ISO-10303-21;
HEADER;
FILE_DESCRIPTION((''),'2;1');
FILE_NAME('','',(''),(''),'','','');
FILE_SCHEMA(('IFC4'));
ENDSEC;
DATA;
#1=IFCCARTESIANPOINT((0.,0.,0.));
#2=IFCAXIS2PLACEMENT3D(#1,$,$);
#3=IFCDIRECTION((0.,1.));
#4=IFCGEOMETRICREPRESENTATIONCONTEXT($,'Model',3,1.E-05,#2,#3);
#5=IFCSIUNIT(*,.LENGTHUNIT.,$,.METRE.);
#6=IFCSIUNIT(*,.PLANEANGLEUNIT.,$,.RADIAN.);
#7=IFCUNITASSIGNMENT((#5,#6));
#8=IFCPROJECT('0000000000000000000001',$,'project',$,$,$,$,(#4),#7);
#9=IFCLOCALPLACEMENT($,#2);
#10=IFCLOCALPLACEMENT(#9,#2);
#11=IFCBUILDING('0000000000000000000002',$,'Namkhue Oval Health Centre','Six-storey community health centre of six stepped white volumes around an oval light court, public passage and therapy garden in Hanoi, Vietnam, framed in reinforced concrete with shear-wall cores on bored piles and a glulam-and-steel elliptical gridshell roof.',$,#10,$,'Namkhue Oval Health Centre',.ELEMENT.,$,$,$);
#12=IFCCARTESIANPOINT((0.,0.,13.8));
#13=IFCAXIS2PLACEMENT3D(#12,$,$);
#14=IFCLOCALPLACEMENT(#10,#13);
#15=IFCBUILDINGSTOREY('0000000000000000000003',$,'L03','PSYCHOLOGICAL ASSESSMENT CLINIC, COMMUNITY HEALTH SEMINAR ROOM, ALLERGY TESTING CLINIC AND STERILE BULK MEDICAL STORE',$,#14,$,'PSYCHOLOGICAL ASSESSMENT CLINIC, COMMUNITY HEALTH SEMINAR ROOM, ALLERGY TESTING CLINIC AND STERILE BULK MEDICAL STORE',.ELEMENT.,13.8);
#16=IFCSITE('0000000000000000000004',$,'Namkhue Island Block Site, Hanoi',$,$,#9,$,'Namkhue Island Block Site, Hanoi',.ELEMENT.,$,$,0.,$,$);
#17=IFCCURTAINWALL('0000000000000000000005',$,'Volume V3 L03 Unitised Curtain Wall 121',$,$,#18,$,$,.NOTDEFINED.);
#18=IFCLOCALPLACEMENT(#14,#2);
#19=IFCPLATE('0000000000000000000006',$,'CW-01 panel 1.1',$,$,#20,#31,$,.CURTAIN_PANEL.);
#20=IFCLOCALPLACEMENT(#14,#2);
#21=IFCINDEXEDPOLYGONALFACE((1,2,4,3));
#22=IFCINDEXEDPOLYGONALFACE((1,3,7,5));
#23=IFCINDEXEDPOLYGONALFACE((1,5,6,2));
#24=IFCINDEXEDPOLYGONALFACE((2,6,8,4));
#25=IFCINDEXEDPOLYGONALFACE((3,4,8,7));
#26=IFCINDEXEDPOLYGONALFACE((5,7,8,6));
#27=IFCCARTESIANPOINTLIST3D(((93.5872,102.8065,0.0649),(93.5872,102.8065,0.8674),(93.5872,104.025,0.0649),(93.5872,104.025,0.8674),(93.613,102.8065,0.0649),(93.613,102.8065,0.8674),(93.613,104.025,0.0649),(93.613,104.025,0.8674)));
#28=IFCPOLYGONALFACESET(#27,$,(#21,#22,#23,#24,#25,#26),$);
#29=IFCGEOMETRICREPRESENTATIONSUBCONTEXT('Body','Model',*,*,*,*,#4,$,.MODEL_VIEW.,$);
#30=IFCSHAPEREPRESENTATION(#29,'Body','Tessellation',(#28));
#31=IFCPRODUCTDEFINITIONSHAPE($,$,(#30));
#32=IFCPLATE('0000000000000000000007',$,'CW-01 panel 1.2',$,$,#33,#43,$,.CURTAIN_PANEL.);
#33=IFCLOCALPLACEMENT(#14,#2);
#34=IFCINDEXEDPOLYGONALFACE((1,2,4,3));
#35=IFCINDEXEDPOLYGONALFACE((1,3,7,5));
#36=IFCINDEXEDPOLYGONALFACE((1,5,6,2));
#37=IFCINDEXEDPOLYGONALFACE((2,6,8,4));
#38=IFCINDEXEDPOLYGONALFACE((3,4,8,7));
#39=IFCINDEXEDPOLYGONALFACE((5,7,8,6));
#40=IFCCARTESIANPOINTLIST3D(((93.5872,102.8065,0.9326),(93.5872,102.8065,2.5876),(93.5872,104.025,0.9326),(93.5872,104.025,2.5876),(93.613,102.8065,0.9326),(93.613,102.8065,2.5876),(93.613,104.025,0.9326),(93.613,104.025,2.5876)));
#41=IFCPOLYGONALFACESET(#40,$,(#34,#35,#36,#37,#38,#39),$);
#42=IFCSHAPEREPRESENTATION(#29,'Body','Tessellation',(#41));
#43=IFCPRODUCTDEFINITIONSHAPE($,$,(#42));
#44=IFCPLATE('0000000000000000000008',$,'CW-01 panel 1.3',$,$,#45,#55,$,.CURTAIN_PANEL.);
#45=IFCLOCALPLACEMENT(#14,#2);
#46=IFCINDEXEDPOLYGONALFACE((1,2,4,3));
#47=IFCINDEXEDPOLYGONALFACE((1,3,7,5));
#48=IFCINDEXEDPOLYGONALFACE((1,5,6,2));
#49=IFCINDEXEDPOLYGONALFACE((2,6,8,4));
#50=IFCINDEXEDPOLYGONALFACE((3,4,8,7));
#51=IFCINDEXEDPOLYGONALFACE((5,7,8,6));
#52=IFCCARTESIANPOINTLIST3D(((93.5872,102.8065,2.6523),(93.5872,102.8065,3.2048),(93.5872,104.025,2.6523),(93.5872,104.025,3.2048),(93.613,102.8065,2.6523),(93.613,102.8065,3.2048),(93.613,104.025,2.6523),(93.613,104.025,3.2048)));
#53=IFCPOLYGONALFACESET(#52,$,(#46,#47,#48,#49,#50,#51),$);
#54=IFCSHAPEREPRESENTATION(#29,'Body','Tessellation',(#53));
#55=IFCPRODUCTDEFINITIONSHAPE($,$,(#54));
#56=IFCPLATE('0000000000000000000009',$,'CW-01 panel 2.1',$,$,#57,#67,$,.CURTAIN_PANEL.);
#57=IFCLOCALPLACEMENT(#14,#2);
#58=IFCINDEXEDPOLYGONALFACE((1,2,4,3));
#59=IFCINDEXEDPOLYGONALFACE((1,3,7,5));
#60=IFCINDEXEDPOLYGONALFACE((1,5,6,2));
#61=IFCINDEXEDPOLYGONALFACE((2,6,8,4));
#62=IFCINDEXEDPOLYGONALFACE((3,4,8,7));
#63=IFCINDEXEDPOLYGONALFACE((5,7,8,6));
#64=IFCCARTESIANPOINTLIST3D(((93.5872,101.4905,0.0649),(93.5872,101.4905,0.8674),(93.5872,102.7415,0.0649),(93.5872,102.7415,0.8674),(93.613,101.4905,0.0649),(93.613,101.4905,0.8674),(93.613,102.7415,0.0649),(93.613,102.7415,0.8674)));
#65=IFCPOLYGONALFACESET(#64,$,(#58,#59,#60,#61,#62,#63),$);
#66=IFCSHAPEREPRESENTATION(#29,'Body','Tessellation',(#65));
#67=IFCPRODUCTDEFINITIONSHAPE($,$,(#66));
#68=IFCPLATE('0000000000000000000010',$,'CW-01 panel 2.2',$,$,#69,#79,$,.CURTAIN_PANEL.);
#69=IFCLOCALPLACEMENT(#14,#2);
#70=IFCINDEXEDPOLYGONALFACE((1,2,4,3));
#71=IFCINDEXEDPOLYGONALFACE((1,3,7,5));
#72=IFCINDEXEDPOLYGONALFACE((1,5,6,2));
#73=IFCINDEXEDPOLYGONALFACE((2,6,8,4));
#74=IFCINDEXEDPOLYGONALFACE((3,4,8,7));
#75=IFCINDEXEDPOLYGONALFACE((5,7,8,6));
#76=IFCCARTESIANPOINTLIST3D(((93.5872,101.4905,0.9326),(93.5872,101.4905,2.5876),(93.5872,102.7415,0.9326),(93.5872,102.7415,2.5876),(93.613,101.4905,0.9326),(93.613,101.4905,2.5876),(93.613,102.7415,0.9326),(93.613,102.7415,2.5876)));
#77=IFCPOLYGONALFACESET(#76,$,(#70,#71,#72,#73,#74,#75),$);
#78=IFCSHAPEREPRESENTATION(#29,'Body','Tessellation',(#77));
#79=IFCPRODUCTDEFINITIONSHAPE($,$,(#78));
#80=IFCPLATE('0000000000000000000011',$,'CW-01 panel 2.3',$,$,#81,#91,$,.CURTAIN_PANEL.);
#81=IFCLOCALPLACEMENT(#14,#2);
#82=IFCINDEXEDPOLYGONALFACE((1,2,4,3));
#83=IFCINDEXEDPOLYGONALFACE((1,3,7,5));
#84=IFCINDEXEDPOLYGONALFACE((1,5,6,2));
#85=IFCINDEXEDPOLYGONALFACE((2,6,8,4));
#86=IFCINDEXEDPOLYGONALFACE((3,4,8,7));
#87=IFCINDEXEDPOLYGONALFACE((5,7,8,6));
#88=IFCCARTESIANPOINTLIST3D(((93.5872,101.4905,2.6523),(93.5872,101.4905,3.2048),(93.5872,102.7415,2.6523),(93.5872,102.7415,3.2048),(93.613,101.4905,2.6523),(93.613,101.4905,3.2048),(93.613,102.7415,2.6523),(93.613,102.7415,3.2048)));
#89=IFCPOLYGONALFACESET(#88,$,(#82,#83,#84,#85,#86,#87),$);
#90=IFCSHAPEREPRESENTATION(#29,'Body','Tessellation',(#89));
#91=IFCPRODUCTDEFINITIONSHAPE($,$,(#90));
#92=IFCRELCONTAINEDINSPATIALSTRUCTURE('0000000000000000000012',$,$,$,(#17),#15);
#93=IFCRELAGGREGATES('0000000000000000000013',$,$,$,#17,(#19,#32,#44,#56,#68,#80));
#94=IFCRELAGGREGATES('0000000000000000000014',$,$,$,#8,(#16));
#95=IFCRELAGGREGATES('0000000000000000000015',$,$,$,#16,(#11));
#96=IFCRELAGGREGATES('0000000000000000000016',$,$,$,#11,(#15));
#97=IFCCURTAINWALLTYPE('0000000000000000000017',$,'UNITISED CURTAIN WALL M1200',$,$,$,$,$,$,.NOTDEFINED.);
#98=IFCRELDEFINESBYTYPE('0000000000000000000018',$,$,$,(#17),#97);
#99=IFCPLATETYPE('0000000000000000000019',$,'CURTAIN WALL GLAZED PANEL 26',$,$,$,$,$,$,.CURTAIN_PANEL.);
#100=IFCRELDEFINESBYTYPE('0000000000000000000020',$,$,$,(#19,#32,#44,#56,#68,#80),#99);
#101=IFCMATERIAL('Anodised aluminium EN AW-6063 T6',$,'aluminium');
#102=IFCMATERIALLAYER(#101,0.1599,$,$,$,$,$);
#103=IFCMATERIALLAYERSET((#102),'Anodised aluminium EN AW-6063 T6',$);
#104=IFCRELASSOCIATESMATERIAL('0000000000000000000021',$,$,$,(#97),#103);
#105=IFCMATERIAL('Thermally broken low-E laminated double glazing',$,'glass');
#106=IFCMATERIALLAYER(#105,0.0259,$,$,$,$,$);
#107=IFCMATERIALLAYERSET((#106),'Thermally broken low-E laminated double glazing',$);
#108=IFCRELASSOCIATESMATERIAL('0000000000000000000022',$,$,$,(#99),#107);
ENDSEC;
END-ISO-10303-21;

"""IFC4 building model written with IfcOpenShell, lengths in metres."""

from ifc_helpers import new_model, si_unit, direction, frame, origin, origin_2d, place, context, subcontext, project, spatial, rectangle, extrude, material, layer, layer_set, type_object, element, aggregate, save


model = new_model("IFC4")

# Units and contexts
model_context = context("Model", 3, precision=1e-05, world=origin(), true_north=direction((0.0, 1.0)))
body_context = subcontext(model_context, "Body", "Model", "MODEL_VIEW")
ifc_project = project(units=[si_unit("LENGTHUNIT", "METRE"), si_unit("PLANEANGLEUNIT", "RADIAN")], contexts=[model_context])

# Site, building, storey
site_placement = place(None, origin())
site = spatial("IfcSite", under=ifc_project, at=site_placement, Name="Namkhue Island Block Site, Hanoi", LongName="Namkhue Island Block Site, Hanoi", CompositionType="ELEMENT", RefElevation=0.0)
building_placement = place(site_placement, origin())
building = spatial("IfcBuilding", under=site, at=building_placement, Name="Namkhue Oval Health Centre", Description="Six-storey community health centre of six stepped white volumes around an oval light court, public passage and therapy garden in Hanoi, Vietnam, framed in reinforced concrete with shear-wall cores on bored piles and a glulam-and-steel elliptical gridshell roof.", LongName="Namkhue Oval Health Centre", CompositionType="ELEMENT")
storey_placement = place(building_placement, frame((0.0, 0.0, 13.8)))
storey = spatial("IfcBuildingStorey", under=building, at=storey_placement, Name="L03", Description="PSYCHOLOGICAL ASSESSMENT CLINIC, COMMUNITY HEALTH SEMINAR ROOM, ALLERGY TESTING CLINIC AND STERILE BULK MEDICAL STORE", LongName="PSYCHOLOGICAL ASSESSMENT CLINIC, COMMUNITY HEALTH SEMINAR ROOM, ALLERGY TESTING CLINIC AND STERILE BULK MEDICAL STORE", CompositionType="ELEMENT", Elevation=13.8)

# Curtain wall
ifc_material_1 = material(Name="Anodised aluminium EN AW-6063 T6", Category="aluminium")
ifc_layer_1 = layer(ifc_material_1, 0.1599)
ifc_layer_set_1 = layer_set([ifc_layer_1], Name="Anodised aluminium EN AW-6063 T6")
curtain_wall_type = type_object("IfcCurtainWallType", Name="UNITISED CURTAIN WALL M1200", PredefinedType="NOTDEFINED", material=ifc_layer_set_1)
curtain_wall_1_placement = place(storey_placement, origin())
curtain_wall_1 = element("IfcCurtainWall", 1, at=curtain_wall_1_placement, inside=storey, type_object=curtain_wall_type, Name="Volume V3 L03 Unitised Curtain Wall 121", PredefinedType="NOTDEFINED")

# Plates
ifc_material_2 = material(Name="Thermally broken low-E laminated double glazing", Category="glass")
ifc_layer_2 = layer(ifc_material_2, 0.0259)
ifc_layer_set_2 = layer_set([ifc_layer_2], Name="Thermally broken low-E laminated double glazing")
plate_type = type_object("IfcPlateType", Name="CURTAIN WALL GLAZED PANEL 26", PredefinedType="CURTAIN_PANEL", material=ifc_layer_set_2)
plate_1_placement = place(storey_placement, frame((93.6001, 103.4158, 0.0649), z_axis=(0.0, 0.0, 1.0), x_axis=(0.0, -1.0, 0.0)))
plate_1 = element("IfcPlate", 2, at=plate_1_placement, type_object=plate_type, Name="CW-01 panel 1.1", PredefinedType="CURTAIN_PANEL", context=body_context, shape_type="SweptSolid", body=[
    extrude(rectangle(XDim=1.2185, YDim=0.0259, at=origin_2d()), origin(), (0.0, 0.0, 1.0), 0.8025),
])
plate_2_placement = place(storey_placement, frame((93.6001, 103.4158, 0.9326), z_axis=(0.0, 0.0, 1.0), x_axis=(0.0, -1.0, 0.0)))
plate_2 = element("IfcPlate", 3, at=plate_2_placement, type_object=plate_type, Name="CW-01 panel 1.2", PredefinedType="CURTAIN_PANEL", context=body_context, shape_type="SweptSolid", body=[
    extrude(rectangle(XDim=1.2185, YDim=0.0259, at=origin_2d()), origin(), (0.0, 0.0, 1.0), 1.655),
])
plate_3_placement = place(storey_placement, frame((93.6001, 103.4158, 2.6523), z_axis=(0.0, 0.0, 1.0), x_axis=(0.0, -1.0, 0.0)))
plate_3 = element("IfcPlate", 4, at=plate_3_placement, type_object=plate_type, Name="CW-01 panel 1.3", PredefinedType="CURTAIN_PANEL", context=body_context, shape_type="SweptSolid", body=[
    extrude(rectangle(XDim=1.2185, YDim=0.0259, at=origin_2d()), origin(), (0.0, 0.0, 1.0), 0.5525),
])
plate_4_placement = place(storey_placement, frame((93.6001, 102.116, 0.0649), z_axis=(0.0, 0.0, 1.0), x_axis=(0.0, -1.0, 0.0)))
plate_4 = element("IfcPlate", 5, at=plate_4_placement, type_object=plate_type, Name="CW-01 panel 2.1", PredefinedType="CURTAIN_PANEL", context=body_context, shape_type="SweptSolid", body=[
    extrude(rectangle(XDim=1.251, YDim=0.0259, at=origin_2d()), origin(), (0.0, 0.0, 1.0), 0.8025),
])
plate_5_placement = place(storey_placement, frame((93.6001, 102.116, 0.9326), z_axis=(0.0, 0.0, 1.0), x_axis=(0.0, -1.0, 0.0)))
plate_5 = element("IfcPlate", 6, at=plate_5_placement, type_object=plate_type, Name="CW-01 panel 2.2", PredefinedType="CURTAIN_PANEL", context=body_context, shape_type="SweptSolid", body=[
    extrude(rectangle(XDim=1.251, YDim=0.0259, at=origin_2d()), origin(), (0.0, 0.0, 1.0), 1.655),
])
plate_6_placement = place(storey_placement, frame((93.6001, 102.116, 2.6523), z_axis=(0.0, 0.0, 1.0), x_axis=(0.0, -1.0, 0.0)))
plate_6 = element("IfcPlate", 7, at=plate_6_placement, type_object=plate_type, Name="CW-01 panel 2.3", PredefinedType="CURTAIN_PANEL", context=body_context, shape_type="SweptSolid", body=[
    extrude(rectangle(XDim=1.251, YDim=0.0259, at=origin_2d()), origin(), (0.0, 0.0, 1.0), 0.5525),
])
aggregate(curtain_wall_1, [plate_1, plate_2, plate_3, plate_4, plate_5, plate_6])

save(model, "model.ifc")
